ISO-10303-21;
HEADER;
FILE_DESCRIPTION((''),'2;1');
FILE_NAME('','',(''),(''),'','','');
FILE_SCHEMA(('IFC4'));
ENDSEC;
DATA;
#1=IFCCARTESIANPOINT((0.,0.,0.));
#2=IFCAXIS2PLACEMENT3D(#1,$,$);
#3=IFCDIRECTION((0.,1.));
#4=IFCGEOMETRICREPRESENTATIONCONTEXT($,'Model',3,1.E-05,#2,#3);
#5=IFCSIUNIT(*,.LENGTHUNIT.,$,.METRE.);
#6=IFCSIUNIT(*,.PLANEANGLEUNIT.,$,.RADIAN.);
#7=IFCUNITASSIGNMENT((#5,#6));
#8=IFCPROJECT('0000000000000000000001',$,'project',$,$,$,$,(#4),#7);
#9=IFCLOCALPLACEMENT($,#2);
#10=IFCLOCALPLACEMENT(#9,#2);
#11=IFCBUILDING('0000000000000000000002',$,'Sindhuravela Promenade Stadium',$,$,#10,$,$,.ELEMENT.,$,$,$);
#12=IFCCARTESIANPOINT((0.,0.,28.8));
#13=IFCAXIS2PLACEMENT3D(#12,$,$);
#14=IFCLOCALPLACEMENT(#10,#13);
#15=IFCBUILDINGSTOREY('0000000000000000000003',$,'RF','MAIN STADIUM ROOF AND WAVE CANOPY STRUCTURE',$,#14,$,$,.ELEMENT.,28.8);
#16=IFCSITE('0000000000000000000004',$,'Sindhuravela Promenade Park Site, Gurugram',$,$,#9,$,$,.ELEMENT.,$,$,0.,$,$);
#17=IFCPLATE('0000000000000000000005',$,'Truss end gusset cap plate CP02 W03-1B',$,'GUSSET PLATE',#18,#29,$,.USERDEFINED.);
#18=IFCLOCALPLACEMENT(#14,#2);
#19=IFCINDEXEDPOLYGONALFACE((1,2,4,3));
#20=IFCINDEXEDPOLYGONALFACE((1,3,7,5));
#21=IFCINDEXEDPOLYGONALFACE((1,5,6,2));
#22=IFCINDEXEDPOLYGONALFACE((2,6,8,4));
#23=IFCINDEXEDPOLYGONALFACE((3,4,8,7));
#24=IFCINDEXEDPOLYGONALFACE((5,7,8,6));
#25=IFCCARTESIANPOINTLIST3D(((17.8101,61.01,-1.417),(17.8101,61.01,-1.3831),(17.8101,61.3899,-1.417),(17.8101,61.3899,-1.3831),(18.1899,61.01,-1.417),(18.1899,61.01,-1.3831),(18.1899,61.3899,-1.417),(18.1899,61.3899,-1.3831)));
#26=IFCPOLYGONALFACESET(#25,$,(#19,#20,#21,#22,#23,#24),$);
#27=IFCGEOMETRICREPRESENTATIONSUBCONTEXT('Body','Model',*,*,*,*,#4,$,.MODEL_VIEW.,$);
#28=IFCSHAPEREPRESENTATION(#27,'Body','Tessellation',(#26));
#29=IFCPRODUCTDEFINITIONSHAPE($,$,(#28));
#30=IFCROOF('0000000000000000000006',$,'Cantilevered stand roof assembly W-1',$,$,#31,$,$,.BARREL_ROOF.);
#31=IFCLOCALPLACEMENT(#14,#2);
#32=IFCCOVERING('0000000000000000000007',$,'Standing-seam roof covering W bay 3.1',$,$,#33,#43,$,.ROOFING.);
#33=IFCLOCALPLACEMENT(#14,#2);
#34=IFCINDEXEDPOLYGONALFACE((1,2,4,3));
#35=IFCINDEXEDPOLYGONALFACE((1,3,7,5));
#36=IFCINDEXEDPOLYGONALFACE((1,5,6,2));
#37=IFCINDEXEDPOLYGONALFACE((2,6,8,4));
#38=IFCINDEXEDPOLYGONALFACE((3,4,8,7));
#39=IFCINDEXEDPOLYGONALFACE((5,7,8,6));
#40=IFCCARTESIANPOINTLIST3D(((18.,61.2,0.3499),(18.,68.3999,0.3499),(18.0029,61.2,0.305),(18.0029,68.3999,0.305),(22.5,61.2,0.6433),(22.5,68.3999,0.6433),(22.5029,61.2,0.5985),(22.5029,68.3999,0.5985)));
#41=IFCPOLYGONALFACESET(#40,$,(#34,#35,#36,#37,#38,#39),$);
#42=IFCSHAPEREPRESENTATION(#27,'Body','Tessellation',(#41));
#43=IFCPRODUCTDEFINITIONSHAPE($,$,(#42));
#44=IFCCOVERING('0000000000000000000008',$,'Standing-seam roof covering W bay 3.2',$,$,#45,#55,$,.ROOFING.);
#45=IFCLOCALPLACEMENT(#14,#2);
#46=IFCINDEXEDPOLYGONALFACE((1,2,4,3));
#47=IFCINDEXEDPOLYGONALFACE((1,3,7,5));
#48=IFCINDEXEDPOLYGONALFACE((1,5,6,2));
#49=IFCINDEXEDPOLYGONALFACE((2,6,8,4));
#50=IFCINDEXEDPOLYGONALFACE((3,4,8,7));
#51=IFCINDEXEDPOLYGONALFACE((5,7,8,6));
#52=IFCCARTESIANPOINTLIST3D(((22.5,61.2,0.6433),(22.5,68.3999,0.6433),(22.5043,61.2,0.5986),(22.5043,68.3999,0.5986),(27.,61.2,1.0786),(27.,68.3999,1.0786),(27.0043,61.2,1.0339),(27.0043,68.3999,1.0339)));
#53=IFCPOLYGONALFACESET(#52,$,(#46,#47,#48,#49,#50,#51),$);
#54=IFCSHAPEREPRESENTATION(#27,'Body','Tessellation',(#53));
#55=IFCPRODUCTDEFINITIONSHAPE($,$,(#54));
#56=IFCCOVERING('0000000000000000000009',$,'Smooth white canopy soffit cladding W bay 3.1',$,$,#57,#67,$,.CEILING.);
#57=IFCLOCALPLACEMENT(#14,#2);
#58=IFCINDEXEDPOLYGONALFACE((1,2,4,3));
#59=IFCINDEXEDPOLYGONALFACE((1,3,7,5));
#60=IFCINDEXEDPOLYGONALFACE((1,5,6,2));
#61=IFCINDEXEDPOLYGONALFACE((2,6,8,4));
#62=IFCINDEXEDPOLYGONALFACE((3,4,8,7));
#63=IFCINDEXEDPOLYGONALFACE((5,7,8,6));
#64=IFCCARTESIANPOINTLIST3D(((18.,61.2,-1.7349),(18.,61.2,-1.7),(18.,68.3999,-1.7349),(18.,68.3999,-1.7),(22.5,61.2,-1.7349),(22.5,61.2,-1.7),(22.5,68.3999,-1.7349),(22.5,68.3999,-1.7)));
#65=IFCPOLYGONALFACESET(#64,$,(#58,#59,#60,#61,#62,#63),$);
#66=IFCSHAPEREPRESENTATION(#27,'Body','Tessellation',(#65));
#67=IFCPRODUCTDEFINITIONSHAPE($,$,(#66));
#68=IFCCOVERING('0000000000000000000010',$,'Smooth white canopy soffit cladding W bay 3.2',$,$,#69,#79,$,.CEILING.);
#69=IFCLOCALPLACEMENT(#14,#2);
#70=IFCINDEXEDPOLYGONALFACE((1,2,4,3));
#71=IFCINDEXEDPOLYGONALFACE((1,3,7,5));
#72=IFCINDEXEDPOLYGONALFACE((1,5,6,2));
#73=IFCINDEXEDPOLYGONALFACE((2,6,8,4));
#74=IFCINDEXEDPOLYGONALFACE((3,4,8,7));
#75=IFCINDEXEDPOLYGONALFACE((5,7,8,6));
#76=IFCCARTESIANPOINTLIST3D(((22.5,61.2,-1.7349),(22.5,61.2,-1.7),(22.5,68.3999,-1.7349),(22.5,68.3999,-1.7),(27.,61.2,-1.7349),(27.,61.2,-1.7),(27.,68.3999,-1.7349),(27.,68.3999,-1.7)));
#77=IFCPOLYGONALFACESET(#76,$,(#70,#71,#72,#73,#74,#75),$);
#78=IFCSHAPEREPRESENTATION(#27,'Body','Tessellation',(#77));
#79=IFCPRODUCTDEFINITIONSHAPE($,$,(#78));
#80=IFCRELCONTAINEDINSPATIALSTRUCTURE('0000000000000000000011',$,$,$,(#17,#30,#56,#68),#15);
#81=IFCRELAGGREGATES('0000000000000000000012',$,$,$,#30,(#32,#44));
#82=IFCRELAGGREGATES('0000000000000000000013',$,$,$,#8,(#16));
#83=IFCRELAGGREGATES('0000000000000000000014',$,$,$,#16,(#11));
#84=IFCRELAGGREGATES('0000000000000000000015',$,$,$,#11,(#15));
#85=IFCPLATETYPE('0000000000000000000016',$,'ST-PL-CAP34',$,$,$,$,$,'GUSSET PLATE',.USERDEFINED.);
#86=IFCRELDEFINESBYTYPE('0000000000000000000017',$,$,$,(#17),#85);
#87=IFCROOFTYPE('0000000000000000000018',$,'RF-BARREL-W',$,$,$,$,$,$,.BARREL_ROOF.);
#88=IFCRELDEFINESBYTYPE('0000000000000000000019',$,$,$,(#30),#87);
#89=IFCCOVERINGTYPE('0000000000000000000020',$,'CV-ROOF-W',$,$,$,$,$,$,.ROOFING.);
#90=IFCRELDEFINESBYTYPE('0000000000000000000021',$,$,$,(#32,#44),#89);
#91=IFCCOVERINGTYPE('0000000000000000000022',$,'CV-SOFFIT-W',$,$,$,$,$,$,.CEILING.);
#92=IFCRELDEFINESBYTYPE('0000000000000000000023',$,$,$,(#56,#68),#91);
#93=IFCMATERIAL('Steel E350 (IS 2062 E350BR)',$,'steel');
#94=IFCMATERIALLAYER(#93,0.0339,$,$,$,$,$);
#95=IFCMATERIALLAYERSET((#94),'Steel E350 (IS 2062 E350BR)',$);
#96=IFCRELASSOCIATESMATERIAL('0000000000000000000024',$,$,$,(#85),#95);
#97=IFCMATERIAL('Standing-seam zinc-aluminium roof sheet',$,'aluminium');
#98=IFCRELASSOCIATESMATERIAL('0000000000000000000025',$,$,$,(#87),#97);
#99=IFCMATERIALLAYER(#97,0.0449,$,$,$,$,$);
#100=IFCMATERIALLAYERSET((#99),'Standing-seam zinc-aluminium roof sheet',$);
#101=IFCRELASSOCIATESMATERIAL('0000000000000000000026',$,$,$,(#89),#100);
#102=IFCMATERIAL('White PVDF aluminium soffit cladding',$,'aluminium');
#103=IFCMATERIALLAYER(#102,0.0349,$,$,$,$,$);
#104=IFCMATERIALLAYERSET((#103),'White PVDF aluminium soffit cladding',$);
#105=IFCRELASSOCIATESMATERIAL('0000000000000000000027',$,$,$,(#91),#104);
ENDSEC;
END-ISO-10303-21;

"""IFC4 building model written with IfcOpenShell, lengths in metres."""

from ifc_helpers import new_model, si_unit, direction, frame, origin, origin_2d, place, context, subcontext, project, spatial, polyline, rectangle, outline, extrude, material, layer, layer_set, type_object, element, aggregate, save


model = new_model("IFC4")

# Units and contexts
model_context = context("Model", 3, precision=1e-05, world=origin(), true_north=direction((0.0, 1.0)))
body_context = subcontext(model_context, "Body", "Model", "MODEL_VIEW")
ifc_project = project(units=[si_unit("LENGTHUNIT", "METRE"), si_unit("PLANEANGLEUNIT", "RADIAN")], contexts=[model_context])

# Site, building, storey
site_placement = place(None, origin())
site = spatial("IfcSite", under=ifc_project, at=site_placement, Name="Sindhuravela Promenade Park Site, Gurugram", CompositionType="ELEMENT", RefElevation=0.0)
building_placement = place(site_placement, origin())
building = spatial("IfcBuilding", under=site, at=building_placement, Name="Sindhuravela Promenade Stadium", CompositionType="ELEMENT")
storey_placement = place(building_placement, frame((0.0, 0.0, 28.8)))
storey = spatial("IfcBuildingStorey", under=building, at=storey_placement, Name="RF", Description="MAIN STADIUM ROOF AND WAVE CANOPY STRUCTURE", CompositionType="ELEMENT", Elevation=28.8)

# Shared definitions
ifc_material_1 = material(Name="Steel E350 (IS 2062 E350BR)", Category="steel")

# Plate
ifc_layer_1 = layer(ifc_material_1, 0.0339)
ifc_layer_set_1 = layer_set([ifc_layer_1], Name="Steel E350 (IS 2062 E350BR)")
plate_type_1 = type_object("IfcPlateType", Name="ST-PL-CAP34", ElementType="GUSSET PLATE", PredefinedType="USERDEFINED", material=ifc_layer_set_1)
for number, where, z_axis, x_axis, name in (
    (1, (18.0, 61.2, -1.417), (0.0, 0.0, 1.0), (1.0, 0.0, 0.0), "Truss end gusset cap plate CP02 W03-1B"),
):
    element("IfcPlate", number, at=place(storey_placement, frame(where, z_axis=z_axis, x_axis=x_axis)), inside=storey, type_object=plate_type_1, Name=name, ObjectType="GUSSET PLATE", PredefinedType="USERDEFINED", context=body_context, shape_type="SweptSolid", body=[
        extrude(rectangle(XDim=0.3799, YDim=0.3799, at=origin_2d()), origin(), (0.0, 0.0, 1.0), 0.0339),
    ])

# Roof, coverings
ifc_material_2 = material(Name="Standing-seam zinc-aluminium roof sheet", Category="aluminium")
roof_type = type_object("IfcRoofType", Name="RF-BARREL-W", PredefinedType="BARREL_ROOF", material=ifc_material_2)
roof_placement = place(storey_placement, origin())
roof = element("IfcRoof", 2, at=roof_placement, inside=storey, type_object=roof_type, Name="Cantilevered stand roof assembly W-1", PredefinedType="BARREL_ROOF")
ifc_layer_2 = layer(ifc_material_2, 0.0449)
ifc_layer_set_2 = layer_set([ifc_layer_2], Name="Standing-seam zinc-aluminium roof sheet")
covering_type_1 = type_object("IfcCoveringType", Name="CV-ROOF-W", PredefinedType="ROOFING", material=ifc_layer_set_2)
covering_1_placement = place(storey_placement, frame((18.0, 61.2, 0.3499), z_axis=(-0.065074, 0.0, 0.99788), x_axis=(0.0, 1.0, 0.0)))
covering_1 = element("IfcCovering", 3, at=covering_1_placement, type_object=covering_type_1, Name="Standing-seam roof covering W bay 3.1", PredefinedType="ROOFING", context=body_context, shape_type="SweptSolid", body=[
    extrude(outline(polyline([(0.0, 0.0), (0.0, -4.5096), (7.2, -4.5096), (7.2, 0.0), (0.0, 0.0)])), origin(), (0.0, 0.0, -1.0), 0.0449),
])
covering_2_placement = place(storey_placement, frame((22.5, 61.2, 0.6433), z_axis=(-0.096285, 0.0, 0.995354), x_axis=(0.0, 1.0, 0.0)))
covering_2 = element("IfcCovering", 4, at=covering_2_placement, type_object=covering_type_1, Name="Standing-seam roof covering W bay 3.2", PredefinedType="ROOFING", context=body_context, shape_type="SweptSolid", body=[
    extrude(outline(polyline([(0.0, 0.0), (0.0, -4.521), (7.2, -4.521), (7.2, 0.0), (0.0, 0.0)])), origin(), (0.0, 0.0, -1.0), 0.0449),
])
aggregate(roof, [covering_1, covering_2])

# Coverings
ifc_material_3 = material(Name="White PVDF aluminium soffit cladding", Category="aluminium")
ifc_layer_3 = layer(ifc_material_3, 0.0349)
ifc_layer_set_3 = layer_set([ifc_layer_3], Name="White PVDF aluminium soffit cladding")
covering_type_2 = type_object("IfcCoveringType", Name="CV-SOFFIT-W", PredefinedType="CEILING", material=ifc_layer_set_3)
for number, where, z_axis, x_axis, name in (
    (5, (18.0, 61.2, -1.7), (0.0, 0.0, 1.0), (0.0, 1.0, 0.0), "Smooth white canopy soffit cladding W bay 3.1"),
    (6, (22.5, 61.2, -1.7), (0.0, 0.0, 1.0), (0.0, 1.0, 0.0), "Smooth white canopy soffit cladding W bay 3.2"),
):
    element("IfcCovering", number, at=place(storey_placement, frame(where, z_axis=z_axis, x_axis=x_axis)), inside=storey, type_object=covering_type_2, Name=name, PredefinedType="CEILING", context=body_context, shape_type="SweptSolid", body=[
        extrude(outline(polyline([(0.0, 0.0), (0.0, -4.5), (7.2, -4.5), (7.2, 0.0), (0.0, 0.0)])), origin(), (0.0, 0.0, -1.0), 0.0349),
    ])

save(model, "model.ifc")
